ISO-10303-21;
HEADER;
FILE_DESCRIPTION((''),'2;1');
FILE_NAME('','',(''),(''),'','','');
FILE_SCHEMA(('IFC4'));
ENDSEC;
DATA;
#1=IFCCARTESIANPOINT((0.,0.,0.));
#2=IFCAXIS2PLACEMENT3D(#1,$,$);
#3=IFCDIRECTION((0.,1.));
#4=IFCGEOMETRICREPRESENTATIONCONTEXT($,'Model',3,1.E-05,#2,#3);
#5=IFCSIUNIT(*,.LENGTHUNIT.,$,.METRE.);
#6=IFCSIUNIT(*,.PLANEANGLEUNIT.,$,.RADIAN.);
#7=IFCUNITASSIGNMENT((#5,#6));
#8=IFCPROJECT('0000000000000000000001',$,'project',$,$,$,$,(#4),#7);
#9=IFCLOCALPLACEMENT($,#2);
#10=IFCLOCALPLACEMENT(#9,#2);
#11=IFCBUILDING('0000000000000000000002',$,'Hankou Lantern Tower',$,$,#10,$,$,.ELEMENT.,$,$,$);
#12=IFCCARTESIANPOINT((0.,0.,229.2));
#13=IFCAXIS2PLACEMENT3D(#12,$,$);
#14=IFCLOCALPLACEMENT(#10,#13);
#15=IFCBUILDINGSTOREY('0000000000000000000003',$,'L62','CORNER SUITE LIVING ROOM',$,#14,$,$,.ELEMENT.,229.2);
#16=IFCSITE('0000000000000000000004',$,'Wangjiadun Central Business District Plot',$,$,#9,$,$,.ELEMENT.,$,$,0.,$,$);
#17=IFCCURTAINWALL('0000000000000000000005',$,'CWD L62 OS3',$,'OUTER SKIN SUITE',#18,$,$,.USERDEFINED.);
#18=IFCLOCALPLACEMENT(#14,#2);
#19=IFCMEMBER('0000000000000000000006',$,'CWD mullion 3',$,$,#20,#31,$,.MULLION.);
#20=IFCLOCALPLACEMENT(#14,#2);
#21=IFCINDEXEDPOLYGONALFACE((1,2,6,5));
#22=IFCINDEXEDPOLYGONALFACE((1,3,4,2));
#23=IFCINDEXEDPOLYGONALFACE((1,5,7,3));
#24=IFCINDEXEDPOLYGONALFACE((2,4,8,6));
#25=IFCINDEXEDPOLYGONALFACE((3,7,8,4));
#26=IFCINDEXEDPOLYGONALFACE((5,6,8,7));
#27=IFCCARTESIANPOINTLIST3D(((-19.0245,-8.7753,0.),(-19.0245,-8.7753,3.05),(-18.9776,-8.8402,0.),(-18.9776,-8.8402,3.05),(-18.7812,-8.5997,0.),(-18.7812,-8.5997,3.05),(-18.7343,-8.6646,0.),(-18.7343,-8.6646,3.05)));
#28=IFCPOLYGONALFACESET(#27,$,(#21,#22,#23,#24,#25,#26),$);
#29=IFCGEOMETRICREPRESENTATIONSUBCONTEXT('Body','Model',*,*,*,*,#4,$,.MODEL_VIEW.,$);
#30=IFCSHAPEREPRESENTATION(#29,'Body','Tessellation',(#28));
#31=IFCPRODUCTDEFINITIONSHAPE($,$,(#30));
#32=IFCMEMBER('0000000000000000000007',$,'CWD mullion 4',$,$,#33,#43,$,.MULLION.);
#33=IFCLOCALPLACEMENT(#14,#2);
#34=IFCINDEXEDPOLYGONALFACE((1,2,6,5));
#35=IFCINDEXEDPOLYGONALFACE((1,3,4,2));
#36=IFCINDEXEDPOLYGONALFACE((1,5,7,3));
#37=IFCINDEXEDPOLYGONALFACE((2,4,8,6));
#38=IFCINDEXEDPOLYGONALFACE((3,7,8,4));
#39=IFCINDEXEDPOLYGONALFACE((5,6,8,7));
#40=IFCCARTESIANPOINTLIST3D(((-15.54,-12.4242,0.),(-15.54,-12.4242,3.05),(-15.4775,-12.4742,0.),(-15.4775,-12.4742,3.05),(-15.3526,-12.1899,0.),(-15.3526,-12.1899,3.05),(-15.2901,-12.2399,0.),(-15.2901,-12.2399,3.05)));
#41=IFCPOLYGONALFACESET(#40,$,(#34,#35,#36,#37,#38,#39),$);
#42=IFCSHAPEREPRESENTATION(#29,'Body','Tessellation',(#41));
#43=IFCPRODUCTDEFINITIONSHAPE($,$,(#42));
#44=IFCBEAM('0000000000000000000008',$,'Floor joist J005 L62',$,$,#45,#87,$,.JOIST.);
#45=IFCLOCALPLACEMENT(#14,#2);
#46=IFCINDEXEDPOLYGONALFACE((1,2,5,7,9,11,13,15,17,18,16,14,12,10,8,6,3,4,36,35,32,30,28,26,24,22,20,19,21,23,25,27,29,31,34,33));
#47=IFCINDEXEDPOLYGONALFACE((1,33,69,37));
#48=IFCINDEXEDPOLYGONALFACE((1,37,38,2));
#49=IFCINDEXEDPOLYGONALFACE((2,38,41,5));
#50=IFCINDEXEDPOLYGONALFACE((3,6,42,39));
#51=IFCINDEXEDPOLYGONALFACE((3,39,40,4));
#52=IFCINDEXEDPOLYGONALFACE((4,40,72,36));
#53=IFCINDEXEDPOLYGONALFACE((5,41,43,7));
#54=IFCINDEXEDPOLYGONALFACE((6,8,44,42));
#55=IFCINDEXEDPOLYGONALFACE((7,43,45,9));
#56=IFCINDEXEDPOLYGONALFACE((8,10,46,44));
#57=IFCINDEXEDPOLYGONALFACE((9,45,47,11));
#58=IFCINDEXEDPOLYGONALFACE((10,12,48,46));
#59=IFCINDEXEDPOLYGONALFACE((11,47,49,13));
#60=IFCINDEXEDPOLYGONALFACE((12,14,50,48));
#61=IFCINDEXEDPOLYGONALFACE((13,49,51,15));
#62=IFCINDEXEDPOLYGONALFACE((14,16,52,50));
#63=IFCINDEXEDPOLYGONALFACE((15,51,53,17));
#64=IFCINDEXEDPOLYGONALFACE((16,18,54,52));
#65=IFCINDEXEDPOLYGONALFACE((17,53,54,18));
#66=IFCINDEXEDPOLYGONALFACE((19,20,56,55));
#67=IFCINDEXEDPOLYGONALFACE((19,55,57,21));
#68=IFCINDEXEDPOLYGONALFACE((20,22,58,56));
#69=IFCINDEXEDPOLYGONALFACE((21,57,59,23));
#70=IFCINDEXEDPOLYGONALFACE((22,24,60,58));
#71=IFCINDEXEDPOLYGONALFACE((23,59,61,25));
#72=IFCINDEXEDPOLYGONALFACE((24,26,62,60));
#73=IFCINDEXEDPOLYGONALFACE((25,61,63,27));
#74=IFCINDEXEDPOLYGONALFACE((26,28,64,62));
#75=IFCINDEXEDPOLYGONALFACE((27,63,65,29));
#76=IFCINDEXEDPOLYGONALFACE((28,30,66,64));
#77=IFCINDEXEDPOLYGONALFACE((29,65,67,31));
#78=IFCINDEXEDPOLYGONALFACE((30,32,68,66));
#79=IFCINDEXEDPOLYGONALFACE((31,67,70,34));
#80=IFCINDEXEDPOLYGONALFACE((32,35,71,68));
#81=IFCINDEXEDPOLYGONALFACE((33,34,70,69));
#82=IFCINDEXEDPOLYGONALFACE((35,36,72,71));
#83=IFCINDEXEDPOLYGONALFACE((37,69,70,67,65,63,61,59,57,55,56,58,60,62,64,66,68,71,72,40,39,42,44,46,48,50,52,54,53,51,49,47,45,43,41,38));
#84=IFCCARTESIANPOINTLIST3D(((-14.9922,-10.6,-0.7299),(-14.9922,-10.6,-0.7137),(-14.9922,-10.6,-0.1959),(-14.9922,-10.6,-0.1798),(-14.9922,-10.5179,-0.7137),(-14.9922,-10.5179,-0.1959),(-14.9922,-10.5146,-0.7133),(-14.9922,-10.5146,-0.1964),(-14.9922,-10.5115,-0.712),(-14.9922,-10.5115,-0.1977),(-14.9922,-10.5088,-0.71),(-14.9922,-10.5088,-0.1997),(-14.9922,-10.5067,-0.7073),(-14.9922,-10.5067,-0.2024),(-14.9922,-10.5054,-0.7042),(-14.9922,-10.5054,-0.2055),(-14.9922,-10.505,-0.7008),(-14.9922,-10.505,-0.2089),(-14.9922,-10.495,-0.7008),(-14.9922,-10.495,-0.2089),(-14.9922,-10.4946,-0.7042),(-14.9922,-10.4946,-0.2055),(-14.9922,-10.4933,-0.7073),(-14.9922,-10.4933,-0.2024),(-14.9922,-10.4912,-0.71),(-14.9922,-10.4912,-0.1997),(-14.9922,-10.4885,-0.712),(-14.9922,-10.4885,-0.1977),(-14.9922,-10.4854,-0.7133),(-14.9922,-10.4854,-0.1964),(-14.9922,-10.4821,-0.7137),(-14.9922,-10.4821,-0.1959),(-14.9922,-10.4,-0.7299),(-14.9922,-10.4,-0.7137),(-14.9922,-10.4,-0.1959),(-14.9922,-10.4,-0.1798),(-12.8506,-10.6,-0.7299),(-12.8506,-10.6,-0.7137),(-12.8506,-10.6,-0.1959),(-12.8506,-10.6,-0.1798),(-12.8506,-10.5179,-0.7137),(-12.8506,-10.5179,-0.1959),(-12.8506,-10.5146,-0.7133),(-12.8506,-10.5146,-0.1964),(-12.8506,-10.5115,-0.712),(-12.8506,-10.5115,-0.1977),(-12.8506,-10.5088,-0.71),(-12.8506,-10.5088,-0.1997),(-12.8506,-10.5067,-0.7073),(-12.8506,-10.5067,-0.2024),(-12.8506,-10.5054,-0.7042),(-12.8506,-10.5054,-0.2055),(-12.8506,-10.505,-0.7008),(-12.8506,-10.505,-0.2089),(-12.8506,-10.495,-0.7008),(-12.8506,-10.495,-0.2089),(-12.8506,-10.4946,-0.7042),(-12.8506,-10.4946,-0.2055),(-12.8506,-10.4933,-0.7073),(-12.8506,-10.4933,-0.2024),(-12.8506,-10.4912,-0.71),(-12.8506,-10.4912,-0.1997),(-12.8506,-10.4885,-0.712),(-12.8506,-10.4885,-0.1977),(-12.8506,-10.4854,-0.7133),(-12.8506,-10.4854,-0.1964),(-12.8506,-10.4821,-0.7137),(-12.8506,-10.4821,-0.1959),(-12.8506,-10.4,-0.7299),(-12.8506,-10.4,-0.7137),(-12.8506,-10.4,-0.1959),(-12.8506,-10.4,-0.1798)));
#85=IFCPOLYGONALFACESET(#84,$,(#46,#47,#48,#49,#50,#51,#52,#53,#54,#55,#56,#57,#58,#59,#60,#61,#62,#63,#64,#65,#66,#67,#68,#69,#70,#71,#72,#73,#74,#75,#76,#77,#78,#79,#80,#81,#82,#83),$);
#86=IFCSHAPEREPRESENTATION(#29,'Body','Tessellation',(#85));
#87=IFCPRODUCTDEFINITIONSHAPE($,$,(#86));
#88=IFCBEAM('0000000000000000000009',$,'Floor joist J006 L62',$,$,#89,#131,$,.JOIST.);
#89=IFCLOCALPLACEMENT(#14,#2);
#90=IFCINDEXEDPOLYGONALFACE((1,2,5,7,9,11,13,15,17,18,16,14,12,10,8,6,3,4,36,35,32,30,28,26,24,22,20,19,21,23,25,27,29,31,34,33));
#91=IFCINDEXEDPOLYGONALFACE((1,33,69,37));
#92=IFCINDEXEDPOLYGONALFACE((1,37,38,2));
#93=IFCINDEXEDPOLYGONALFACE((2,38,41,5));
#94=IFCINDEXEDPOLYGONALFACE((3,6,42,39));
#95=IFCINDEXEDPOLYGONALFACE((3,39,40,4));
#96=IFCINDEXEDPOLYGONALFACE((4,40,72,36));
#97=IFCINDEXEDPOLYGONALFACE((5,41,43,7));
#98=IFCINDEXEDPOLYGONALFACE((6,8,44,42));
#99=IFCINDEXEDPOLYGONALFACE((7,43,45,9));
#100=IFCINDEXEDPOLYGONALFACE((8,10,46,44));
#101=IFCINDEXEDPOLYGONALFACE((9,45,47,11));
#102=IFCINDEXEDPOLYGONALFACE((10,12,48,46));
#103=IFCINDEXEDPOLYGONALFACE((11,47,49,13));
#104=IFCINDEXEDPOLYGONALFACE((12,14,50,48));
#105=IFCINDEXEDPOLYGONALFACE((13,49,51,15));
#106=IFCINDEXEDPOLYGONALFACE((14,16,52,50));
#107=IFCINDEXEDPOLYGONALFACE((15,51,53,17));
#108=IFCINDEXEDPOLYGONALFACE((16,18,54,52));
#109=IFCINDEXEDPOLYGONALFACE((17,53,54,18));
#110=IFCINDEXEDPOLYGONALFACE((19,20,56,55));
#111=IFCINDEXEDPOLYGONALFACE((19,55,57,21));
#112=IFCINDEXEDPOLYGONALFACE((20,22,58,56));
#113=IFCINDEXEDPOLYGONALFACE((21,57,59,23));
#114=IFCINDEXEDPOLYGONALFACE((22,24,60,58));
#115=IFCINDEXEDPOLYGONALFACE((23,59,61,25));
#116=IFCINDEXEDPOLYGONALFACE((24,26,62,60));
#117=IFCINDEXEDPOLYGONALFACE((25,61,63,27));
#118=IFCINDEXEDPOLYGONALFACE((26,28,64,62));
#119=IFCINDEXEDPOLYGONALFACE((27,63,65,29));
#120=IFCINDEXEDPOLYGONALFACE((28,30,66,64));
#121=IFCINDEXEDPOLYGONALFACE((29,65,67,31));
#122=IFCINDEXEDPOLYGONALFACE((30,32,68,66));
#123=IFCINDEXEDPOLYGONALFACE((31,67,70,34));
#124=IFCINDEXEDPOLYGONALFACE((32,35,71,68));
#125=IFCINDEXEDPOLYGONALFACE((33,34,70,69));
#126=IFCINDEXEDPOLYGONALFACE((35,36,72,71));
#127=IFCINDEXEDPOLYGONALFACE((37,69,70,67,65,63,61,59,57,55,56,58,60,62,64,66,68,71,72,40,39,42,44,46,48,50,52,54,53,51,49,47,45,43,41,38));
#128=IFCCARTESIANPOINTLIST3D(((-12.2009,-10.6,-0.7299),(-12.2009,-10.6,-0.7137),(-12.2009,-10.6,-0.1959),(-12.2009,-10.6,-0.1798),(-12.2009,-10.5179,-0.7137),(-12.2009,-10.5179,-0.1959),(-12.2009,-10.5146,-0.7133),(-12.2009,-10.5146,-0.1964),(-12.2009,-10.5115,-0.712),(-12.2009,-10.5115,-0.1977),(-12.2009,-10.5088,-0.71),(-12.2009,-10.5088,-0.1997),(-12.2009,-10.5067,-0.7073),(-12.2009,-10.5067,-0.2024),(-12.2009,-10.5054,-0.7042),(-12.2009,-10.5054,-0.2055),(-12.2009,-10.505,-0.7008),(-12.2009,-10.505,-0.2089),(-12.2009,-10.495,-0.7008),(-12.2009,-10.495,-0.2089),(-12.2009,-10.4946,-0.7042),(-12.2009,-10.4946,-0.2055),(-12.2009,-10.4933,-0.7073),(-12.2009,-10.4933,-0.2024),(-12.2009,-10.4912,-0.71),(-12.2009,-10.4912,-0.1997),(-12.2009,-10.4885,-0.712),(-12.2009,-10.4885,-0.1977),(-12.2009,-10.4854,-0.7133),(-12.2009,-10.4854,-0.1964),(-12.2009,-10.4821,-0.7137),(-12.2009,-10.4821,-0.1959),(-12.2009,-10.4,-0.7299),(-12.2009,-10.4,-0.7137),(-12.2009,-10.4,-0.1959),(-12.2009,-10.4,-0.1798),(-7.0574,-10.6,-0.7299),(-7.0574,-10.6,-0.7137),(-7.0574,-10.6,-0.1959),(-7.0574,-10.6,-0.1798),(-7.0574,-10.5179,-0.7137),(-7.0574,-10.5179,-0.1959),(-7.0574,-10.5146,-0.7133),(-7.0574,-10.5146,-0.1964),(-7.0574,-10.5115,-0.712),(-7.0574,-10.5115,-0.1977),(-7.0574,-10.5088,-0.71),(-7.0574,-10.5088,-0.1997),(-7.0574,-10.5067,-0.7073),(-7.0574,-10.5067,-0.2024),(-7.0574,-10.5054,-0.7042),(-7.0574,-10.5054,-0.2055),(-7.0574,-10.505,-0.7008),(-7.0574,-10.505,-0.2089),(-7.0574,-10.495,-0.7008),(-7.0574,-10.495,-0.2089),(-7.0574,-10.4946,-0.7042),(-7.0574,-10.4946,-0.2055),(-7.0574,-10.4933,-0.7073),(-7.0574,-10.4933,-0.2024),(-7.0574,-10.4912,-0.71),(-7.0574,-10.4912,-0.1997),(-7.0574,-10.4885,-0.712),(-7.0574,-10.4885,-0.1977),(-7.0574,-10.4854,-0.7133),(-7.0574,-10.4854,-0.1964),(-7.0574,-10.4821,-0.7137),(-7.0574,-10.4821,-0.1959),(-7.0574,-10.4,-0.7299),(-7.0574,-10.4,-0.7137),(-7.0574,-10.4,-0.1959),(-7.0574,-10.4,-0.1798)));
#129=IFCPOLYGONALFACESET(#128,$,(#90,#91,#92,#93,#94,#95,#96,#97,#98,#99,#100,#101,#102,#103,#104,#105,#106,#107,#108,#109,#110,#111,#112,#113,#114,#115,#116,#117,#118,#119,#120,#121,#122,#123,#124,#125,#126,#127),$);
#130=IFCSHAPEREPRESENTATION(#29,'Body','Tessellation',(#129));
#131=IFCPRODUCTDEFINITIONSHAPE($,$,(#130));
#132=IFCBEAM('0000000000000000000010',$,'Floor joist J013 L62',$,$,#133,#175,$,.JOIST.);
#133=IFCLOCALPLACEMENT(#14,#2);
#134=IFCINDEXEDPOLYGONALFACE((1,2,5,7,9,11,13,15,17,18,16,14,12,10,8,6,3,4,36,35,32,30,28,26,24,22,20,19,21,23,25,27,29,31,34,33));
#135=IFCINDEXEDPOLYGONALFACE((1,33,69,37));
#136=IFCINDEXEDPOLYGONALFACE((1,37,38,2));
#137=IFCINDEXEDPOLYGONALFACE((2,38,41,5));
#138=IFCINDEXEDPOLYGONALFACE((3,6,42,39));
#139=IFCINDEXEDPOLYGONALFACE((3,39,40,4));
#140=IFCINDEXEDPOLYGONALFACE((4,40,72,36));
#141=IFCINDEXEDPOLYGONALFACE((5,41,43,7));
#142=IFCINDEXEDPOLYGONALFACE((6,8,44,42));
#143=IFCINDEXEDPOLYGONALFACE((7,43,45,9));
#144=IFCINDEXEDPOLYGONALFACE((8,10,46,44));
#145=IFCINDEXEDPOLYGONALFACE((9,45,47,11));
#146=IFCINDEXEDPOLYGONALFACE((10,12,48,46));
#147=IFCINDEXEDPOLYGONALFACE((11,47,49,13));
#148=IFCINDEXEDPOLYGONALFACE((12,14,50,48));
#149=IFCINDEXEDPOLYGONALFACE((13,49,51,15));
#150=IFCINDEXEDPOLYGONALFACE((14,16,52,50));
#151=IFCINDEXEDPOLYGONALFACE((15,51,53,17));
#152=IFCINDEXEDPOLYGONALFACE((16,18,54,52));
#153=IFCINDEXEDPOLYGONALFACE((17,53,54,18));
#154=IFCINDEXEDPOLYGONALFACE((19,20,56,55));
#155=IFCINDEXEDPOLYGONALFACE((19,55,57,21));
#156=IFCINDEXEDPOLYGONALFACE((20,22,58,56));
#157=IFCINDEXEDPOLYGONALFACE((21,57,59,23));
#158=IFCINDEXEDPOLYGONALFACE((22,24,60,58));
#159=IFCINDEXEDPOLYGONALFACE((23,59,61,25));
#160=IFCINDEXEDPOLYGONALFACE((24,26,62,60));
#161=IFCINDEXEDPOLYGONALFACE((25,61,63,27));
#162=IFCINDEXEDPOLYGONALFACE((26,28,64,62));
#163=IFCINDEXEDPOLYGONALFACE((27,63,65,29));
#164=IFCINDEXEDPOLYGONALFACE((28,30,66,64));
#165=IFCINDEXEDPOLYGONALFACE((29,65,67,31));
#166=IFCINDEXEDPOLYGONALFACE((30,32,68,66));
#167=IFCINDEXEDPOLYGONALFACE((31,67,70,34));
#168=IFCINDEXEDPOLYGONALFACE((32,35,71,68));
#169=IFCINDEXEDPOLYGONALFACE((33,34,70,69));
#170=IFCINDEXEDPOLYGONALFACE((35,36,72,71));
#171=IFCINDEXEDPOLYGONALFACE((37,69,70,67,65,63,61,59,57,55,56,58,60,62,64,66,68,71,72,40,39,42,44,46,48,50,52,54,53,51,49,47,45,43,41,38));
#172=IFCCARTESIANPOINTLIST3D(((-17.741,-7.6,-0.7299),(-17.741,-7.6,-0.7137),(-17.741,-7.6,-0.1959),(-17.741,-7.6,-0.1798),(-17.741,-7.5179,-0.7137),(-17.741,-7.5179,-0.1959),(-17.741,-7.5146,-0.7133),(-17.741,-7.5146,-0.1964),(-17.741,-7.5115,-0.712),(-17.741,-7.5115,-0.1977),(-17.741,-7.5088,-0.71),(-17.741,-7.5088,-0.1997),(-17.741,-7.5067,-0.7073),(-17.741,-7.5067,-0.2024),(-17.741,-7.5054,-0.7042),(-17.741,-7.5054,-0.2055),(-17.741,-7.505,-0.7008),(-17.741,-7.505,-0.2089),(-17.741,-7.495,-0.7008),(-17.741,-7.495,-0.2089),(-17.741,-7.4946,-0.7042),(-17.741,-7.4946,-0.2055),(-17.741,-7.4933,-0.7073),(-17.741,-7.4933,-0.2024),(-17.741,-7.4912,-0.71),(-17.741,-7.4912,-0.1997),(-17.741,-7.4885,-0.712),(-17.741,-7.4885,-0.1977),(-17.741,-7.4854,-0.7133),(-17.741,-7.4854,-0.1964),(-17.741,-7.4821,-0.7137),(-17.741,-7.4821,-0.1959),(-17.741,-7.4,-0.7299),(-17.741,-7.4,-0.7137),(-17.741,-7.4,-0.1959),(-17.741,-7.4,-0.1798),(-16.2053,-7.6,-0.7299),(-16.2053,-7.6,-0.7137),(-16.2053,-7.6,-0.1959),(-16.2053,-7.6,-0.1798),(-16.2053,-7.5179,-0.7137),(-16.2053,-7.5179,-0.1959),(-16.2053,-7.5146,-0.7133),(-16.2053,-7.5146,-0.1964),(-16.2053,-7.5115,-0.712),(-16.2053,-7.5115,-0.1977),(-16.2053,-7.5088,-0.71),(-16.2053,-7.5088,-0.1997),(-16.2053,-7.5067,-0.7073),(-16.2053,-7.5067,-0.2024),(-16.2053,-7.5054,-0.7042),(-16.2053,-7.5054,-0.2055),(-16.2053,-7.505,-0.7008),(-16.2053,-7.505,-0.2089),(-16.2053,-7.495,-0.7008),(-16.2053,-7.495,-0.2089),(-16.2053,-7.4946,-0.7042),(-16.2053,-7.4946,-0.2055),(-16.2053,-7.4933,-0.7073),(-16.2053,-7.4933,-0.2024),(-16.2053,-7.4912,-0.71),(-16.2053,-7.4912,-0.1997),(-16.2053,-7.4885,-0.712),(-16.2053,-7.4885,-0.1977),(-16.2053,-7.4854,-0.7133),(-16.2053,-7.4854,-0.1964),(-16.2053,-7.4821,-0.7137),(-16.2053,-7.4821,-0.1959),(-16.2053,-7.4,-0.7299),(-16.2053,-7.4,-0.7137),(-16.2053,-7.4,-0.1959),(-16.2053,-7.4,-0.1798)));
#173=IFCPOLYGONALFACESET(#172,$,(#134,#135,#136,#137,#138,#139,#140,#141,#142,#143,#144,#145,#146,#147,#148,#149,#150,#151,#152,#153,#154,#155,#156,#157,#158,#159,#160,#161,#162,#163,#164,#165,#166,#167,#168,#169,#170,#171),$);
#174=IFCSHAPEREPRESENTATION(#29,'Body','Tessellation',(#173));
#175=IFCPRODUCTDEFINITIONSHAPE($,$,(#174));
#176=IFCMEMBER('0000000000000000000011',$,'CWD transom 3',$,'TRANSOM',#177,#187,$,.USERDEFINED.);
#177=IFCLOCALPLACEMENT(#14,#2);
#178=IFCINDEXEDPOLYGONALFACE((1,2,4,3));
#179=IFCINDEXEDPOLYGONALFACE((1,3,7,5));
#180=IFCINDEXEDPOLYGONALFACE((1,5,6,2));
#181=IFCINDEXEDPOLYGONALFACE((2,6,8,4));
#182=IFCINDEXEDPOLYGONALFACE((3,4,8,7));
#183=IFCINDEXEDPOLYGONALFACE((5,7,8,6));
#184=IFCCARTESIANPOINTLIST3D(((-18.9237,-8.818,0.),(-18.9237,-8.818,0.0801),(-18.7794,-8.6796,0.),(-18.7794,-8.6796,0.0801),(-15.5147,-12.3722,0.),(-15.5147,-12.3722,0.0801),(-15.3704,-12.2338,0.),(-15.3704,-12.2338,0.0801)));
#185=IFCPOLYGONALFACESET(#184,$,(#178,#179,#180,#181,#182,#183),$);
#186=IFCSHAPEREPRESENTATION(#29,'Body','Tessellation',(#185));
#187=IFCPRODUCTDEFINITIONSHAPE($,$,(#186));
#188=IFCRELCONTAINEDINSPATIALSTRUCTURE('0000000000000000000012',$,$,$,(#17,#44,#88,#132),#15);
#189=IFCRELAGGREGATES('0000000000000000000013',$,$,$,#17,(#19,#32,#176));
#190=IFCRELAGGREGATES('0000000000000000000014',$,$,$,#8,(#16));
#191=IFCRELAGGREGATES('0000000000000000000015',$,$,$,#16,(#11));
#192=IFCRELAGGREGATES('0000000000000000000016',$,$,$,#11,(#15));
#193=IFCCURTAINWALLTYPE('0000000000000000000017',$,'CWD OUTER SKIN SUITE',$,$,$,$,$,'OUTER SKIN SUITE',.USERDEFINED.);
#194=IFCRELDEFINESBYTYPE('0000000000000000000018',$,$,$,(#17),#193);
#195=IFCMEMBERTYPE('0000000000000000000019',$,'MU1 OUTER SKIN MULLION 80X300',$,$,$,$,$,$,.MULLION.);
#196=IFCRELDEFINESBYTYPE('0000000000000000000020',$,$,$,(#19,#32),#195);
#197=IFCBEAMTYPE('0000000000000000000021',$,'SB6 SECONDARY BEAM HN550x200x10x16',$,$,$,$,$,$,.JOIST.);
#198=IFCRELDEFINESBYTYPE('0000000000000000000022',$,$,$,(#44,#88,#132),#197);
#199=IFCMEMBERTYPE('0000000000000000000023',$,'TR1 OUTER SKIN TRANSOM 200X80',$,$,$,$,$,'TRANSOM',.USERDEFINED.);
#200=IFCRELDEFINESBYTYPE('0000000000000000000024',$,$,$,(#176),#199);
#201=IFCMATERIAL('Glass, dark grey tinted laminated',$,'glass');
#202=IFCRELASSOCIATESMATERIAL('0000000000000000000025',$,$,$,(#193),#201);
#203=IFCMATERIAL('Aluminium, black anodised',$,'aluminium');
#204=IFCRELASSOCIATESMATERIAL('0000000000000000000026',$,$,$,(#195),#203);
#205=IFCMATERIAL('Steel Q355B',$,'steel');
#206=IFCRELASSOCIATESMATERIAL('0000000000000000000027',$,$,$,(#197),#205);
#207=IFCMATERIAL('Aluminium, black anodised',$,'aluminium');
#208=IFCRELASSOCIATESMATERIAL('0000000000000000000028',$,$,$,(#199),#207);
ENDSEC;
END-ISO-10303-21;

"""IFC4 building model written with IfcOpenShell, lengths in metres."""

from ifc_helpers import new_model, si_unit, direction, frame, origin, origin_2d, place, context, subcontext, project, spatial, rectangle, i_section, extrude, material, material_profile, profile_set, type_object, element, aggregate, save


model = new_model("IFC4")

# Units and contexts
model_context = context("Model", 3, precision=1e-05, world=origin(), true_north=direction((0.0, 1.0)))
body_context = subcontext(model_context, "Body", "Model", "MODEL_VIEW")
ifc_project = project(units=[si_unit("LENGTHUNIT", "METRE"), si_unit("PLANEANGLEUNIT", "RADIAN")], contexts=[model_context])

# Site, building, storey
site_placement = place(None, origin())
site = spatial("IfcSite", under=ifc_project, at=site_placement, Name="Wangjiadun Central Business District Plot", CompositionType="ELEMENT", RefElevation=0.0)
building_placement = place(site_placement, origin())
building = spatial("IfcBuilding", under=site, at=building_placement, Name="Hankou Lantern Tower", CompositionType="ELEMENT")
storey_placement = place(building_placement, frame((0.0, 0.0, 229.2)))
storey = spatial("IfcBuildingStorey", under=building, at=storey_placement, Name="L62", Description="CORNER SUITE LIVING ROOM", CompositionType="ELEMENT", Elevation=229.2)

# Curtain wall, members
ifc_material_1 = material(Name="Glass, dark grey tinted laminated", Category="glass")
curtain_wall_type = type_object("IfcCurtainWallType", Name="CWD OUTER SKIN SUITE", ElementType="OUTER SKIN SUITE", PredefinedType="USERDEFINED", material=ifc_material_1)
curtain_wall_placement = place(storey_placement, origin())
curtain_wall = element("IfcCurtainWall", 1, at=curtain_wall_placement, inside=storey, type_object=curtain_wall_type, Name="CWD L62 OS3", ObjectType="OUTER SKIN SUITE", PredefinedType="USERDEFINED")
ifc_material_2 = material(Name="Aluminium, black anodised", Category="aluminium")
ifc_material_profile_1 = material_profile(ifc_material_2, rectangle(XDim=0.0801, YDim=0.3, at=origin_2d()), Name="MU1 80X300")
ifc_profile_set_1 = profile_set([ifc_material_profile_1], Name="Aluminium, black anodised")
member_type_1 = type_object("IfcMemberType", Name="MU1 OUTER SKIN MULLION 80X300", PredefinedType="MULLION", material=ifc_profile_set_1)
member_1_placement = place(storey_placement, frame((-18.8794, -8.72, 0.0), z_axis=(0.0, 0.0, 1.0), x_axis=(0.585206, -0.810885, 0.0)))
member_1 = element("IfcMember", 2, at=member_1_placement, type_object=member_type_1, Name="CWD mullion 3", PredefinedType="MULLION", context=body_context, shape_type="SweptSolid", body=[
    extrude(rectangle(XDim=0.0801, YDim=0.3, at=origin_2d()), origin(), (0.0, 0.0, 1.0), 3.05),
])
member_2_placement = place(storey_placement, frame((-15.415, -12.332, 0.0), z_axis=(0.0, 0.0, 1.0), x_axis=(0.780869, -0.624695, 0.0)))
member_2 = element("IfcMember", 3, at=member_2_placement, type_object=member_type_1, Name="CWD mullion 4", PredefinedType="MULLION", context=body_context, shape_type="SweptSolid", body=[
    extrude(rectangle(XDim=0.0801, YDim=0.3, at=origin_2d()), origin(), (0.0, 0.0, 1.0), 3.05),
])

# Beams
ifc_material_3 = material(Name="Steel Q355B", Category="steel")
ifc_material_profile_2 = material_profile(ifc_material_3, i_section(OverallWidth=0.2, OverallDepth=0.55, WebThickness=0.01, FlangeThickness=0.0161, FilletRadius=0.0129, at=origin_2d()), Name="HN550x200x10x16")
ifc_profile_set_2 = profile_set([ifc_material_profile_2], Name="Steel Q355B")
beam_type_1 = type_object("IfcBeamType", Name="SB6 SECONDARY BEAM HN550x200x10x16", PredefinedType="JOIST", material=ifc_profile_set_2)
beam_1_placement = place(storey_placement, frame((-14.9922, -10.5, -0.4548), z_axis=(1.0, 0.0, 0.0), x_axis=(0.0, 1.0, 0.0)))
element("IfcBeam", 4, at=beam_1_placement, inside=storey, type_object=beam_type_1, Name="Floor joist J005 L62", PredefinedType="JOIST", context=body_context, shape_type="SweptSolid", body=[
    extrude(i_section(OverallWidth=0.2, OverallDepth=0.55, WebThickness=0.01, FlangeThickness=0.0161, FilletRadius=0.0129, at=origin_2d()), origin(), (0.0, 0.0, 1.0), 2.1416),
])
beam_2_placement = place(storey_placement, frame((-12.2009, -10.5, -0.4548), z_axis=(1.0, 0.0, 0.0), x_axis=(0.0, 1.0, 0.0)))
element("IfcBeam", 5, at=beam_2_placement, inside=storey, type_object=beam_type_1, Name="Floor joist J006 L62", PredefinedType="JOIST", context=body_context, shape_type="SweptSolid", body=[
    extrude(i_section(OverallWidth=0.2, OverallDepth=0.55, WebThickness=0.01, FlangeThickness=0.0161, FilletRadius=0.0129, at=origin_2d()), origin(), (0.0, 0.0, 1.0), 5.1436),
])
beam_3_placement = place(storey_placement, frame((-17.741, -7.5, -0.4548), z_axis=(1.0, 0.0, 0.0), x_axis=(0.0, 1.0, 0.0)))
element("IfcBeam", 6, at=beam_3_placement, inside=storey, type_object=beam_type_1, Name="Floor joist J013 L62", PredefinedType="JOIST", context=body_context, shape_type="SweptSolid", body=[
    extrude(i_section(OverallWidth=0.2, OverallDepth=0.55, WebThickness=0.01, FlangeThickness=0.0161, FilletRadius=0.0129, at=origin_2d()), origin(), (0.0, 0.0, 1.0), 1.5356),
])

# Member
ifc_material_4 = material(Name="Aluminium, black anodised", Category="aluminium")
ifc_material_profile_3 = material_profile(ifc_material_4, rectangle(XDim=0.2, YDim=0.0801, at=origin_2d()), Name="TR1 200X80")
ifc_profile_set_3 = profile_set([ifc_material_profile_3], Name="Aluminium, black anodised")
member_type_2 = type_object("IfcMemberType", Name="TR1 OUTER SKIN TRANSOM 200X80", ElementType="TRANSOM", PredefinedType="USERDEFINED", material=ifc_profile_set_3)
member_3_placement = place(storey_placement, frame((-18.8516, -8.7488, 0.04), z_axis=(0.692205, -0.721701, 0.0), x_axis=(0.721701, 0.692205, 0.0)))
member_3 = element("IfcMember", 7, at=member_3_placement, type_object=member_type_2, Name="CWD transom 3", ObjectType="TRANSOM", PredefinedType="USERDEFINED", context=body_context, shape_type="SweptSolid", body=[
    extrude(rectangle(XDim=0.2, YDim=0.0801, at=origin_2d()), origin(), (0.0, 0.0, 1.0), 4.9248),
])

aggregate(curtain_wall, [member_1, member_2, member_3])

save(model, "model.ifc")
